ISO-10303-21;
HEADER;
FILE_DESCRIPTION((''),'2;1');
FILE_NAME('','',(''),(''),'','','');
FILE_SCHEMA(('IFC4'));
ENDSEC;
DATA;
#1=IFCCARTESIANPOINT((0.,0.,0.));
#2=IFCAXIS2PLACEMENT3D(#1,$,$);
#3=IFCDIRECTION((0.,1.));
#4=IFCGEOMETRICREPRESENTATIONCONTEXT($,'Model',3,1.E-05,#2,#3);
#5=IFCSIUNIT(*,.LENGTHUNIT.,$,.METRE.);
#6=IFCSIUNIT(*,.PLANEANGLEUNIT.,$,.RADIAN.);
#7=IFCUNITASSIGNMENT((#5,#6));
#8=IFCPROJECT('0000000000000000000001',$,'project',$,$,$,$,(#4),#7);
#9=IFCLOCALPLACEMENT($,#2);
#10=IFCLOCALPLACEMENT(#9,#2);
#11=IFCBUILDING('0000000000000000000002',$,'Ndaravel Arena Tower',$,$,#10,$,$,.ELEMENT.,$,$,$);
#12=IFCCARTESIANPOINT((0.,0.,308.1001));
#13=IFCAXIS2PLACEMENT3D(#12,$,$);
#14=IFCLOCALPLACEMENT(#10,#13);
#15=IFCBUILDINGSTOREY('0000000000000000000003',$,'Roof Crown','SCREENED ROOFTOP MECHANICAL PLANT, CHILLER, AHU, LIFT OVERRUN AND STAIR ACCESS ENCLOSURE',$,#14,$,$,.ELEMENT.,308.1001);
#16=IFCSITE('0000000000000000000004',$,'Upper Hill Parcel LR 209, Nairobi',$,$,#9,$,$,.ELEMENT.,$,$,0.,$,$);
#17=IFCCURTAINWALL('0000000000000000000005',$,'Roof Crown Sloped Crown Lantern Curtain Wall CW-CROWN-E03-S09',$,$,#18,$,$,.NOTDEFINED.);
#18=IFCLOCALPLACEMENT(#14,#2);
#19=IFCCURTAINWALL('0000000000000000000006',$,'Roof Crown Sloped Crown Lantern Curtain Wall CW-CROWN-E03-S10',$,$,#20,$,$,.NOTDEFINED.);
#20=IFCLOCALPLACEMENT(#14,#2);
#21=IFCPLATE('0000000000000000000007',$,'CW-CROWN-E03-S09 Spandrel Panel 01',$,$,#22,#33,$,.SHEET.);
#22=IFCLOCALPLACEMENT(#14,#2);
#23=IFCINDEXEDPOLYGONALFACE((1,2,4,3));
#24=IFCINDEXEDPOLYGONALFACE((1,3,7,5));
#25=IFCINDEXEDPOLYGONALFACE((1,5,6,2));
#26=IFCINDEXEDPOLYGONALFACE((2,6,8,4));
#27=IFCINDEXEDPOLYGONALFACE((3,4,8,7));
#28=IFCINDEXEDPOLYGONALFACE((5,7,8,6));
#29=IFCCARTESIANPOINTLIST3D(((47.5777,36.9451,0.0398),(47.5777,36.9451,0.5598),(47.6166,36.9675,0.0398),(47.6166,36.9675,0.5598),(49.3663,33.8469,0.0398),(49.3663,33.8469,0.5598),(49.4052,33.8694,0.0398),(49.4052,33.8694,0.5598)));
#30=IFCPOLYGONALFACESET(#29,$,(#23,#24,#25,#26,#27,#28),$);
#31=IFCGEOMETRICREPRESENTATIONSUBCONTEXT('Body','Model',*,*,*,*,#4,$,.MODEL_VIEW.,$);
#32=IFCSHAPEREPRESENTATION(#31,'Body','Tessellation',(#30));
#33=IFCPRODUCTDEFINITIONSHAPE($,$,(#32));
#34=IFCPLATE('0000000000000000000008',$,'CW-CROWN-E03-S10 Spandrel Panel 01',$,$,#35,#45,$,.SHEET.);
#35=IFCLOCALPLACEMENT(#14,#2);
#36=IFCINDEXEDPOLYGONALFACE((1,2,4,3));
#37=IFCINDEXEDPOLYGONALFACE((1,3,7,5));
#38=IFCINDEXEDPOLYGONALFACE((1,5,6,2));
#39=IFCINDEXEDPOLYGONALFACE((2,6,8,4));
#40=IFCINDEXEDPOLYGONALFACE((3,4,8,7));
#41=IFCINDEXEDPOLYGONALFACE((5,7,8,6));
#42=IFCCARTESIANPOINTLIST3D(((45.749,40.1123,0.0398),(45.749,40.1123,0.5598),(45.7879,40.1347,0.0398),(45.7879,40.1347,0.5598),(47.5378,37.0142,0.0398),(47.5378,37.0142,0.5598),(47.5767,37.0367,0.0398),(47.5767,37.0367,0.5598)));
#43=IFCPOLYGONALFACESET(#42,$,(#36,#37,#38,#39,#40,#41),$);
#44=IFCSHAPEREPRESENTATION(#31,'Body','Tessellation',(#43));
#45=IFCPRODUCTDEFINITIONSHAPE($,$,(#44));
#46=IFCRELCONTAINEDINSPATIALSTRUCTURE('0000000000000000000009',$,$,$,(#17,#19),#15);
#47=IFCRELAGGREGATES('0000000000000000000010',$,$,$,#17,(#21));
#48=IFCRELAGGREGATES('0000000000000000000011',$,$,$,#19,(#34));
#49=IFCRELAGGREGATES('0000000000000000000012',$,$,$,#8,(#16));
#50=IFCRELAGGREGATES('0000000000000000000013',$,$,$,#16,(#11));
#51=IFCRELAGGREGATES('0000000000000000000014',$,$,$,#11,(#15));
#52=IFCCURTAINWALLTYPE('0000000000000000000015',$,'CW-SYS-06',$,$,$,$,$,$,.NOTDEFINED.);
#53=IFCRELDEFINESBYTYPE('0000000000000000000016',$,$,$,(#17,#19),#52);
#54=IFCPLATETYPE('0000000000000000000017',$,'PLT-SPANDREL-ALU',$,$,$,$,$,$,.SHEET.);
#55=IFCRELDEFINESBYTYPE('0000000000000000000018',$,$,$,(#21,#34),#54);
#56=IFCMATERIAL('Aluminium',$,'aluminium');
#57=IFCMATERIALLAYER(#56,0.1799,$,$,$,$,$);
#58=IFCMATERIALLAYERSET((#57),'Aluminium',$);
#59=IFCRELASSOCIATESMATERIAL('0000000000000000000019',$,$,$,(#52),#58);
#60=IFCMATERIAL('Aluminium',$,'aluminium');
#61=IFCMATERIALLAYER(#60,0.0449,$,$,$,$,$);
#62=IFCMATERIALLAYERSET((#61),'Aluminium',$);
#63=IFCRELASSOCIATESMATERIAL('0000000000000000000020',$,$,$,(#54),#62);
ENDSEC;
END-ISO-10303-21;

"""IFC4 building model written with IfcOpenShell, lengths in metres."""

from ifc_helpers import new_model, si_unit, direction, frame, origin, origin_2d, place, context, subcontext, project, spatial, rectangle, extrude, material, layer, layer_set, type_object, element, aggregate, save


model = new_model("IFC4")

# Units and contexts
model_context = context("Model", 3, precision=1e-05, world=origin(), true_north=direction((0.0, 1.0)))
body_context = subcontext(model_context, "Body", "Model", "MODEL_VIEW")
ifc_project = project(units=[si_unit("LENGTHUNIT", "METRE"), si_unit("PLANEANGLEUNIT", "RADIAN")], contexts=[model_context])

# Site, building, storey
site_placement = place(None, origin())
site = spatial("IfcSite", under=ifc_project, at=site_placement, Name="Upper Hill Parcel LR 209, Nairobi", CompositionType="ELEMENT", RefElevation=0.0)
building_placement = place(site_placement, origin())
building = spatial("IfcBuilding", under=site, at=building_placement, Name="Ndaravel Arena Tower", CompositionType="ELEMENT")
storey_placement = place(building_placement, frame((0.0, 0.0, 308.1001)))
storey = spatial("IfcBuildingStorey", under=building, at=storey_placement, Name="Roof Crown", Description="SCREENED ROOFTOP MECHANICAL PLANT, CHILLER, AHU, LIFT OVERRUN AND STAIR ACCESS ENCLOSURE", CompositionType="ELEMENT", Elevation=308.1001)

# Curtain walls
ifc_material_1 = material(Name="Aluminium", Category="aluminium")
ifc_layer_1 = layer(ifc_material_1, 0.1799)
ifc_layer_set_1 = layer_set([ifc_layer_1], Name="Aluminium")
curtain_wall_type = type_object("IfcCurtainWallType", Name="CW-SYS-06", PredefinedType="NOTDEFINED", material=ifc_layer_set_1)
curtain_wall_1_placement = place(storey_placement, origin())
curtain_wall_1 = element("IfcCurtainWall", 1, at=curtain_wall_1_placement, inside=storey, type_object=curtain_wall_type, Name="Roof Crown Sloped Crown Lantern Curtain Wall CW-CROWN-E03-S09", PredefinedType="NOTDEFINED")
curtain_wall_2_placement = place(storey_placement, origin())
curtain_wall_2 = element("IfcCurtainWall", 2, at=curtain_wall_2_placement, inside=storey, type_object=curtain_wall_type, Name="Roof Crown Sloped Crown Lantern Curtain Wall CW-CROWN-E03-S10", PredefinedType="NOTDEFINED")

# Plates
ifc_material_2 = material(Name="Aluminium", Category="aluminium")
ifc_layer_2 = layer(ifc_material_2, 0.0449)
ifc_layer_set_2 = layer_set([ifc_layer_2], Name="Aluminium")
plate_type_1 = type_object("IfcPlateType", Name="PLT-SPANDREL-ALU", PredefinedType="SHEET", material=ifc_layer_set_2)
plate_1_placement = place(storey_placement, frame((48.4915, 35.4072, 0.0398), z_axis=(0.0, 0.0, 1.0), x_axis=(-0.499985, 0.866034, 0.0)))
plate_1 = element("IfcPlate", 3, at=plate_1_placement, type_object=plate_type_1, Name="CW-CROWN-E03-S09 Spandrel Panel 01", PredefinedType="SHEET", context=body_context, shape_type="SweptSolid", body=[
    extrude(rectangle(XDim=3.5774, YDim=0.0449, at=origin_2d()), origin(), (0.0, 0.0, 1.0), 0.52),
])
aggregate(curtain_wall_1, [plate_1])
plate_2_placement = place(storey_placement, frame((46.6628, 38.5745, 0.0398), z_axis=(0.0, 0.0, 1.0), x_axis=(-0.500015, 0.866017, 0.0)))
plate_2 = element("IfcPlate", 4, at=plate_2_placement, type_object=plate_type_1, Name="CW-CROWN-E03-S10 Spandrel Panel 01", PredefinedType="SHEET", context=body_context, shape_type="SweptSolid", body=[
    extrude(rectangle(XDim=3.5774, YDim=0.0449, at=origin_2d()), origin(), (0.0, 0.0, 1.0), 0.52),
])
aggregate(curtain_wall_2, [plate_2])

save(model, "model.ifc")
